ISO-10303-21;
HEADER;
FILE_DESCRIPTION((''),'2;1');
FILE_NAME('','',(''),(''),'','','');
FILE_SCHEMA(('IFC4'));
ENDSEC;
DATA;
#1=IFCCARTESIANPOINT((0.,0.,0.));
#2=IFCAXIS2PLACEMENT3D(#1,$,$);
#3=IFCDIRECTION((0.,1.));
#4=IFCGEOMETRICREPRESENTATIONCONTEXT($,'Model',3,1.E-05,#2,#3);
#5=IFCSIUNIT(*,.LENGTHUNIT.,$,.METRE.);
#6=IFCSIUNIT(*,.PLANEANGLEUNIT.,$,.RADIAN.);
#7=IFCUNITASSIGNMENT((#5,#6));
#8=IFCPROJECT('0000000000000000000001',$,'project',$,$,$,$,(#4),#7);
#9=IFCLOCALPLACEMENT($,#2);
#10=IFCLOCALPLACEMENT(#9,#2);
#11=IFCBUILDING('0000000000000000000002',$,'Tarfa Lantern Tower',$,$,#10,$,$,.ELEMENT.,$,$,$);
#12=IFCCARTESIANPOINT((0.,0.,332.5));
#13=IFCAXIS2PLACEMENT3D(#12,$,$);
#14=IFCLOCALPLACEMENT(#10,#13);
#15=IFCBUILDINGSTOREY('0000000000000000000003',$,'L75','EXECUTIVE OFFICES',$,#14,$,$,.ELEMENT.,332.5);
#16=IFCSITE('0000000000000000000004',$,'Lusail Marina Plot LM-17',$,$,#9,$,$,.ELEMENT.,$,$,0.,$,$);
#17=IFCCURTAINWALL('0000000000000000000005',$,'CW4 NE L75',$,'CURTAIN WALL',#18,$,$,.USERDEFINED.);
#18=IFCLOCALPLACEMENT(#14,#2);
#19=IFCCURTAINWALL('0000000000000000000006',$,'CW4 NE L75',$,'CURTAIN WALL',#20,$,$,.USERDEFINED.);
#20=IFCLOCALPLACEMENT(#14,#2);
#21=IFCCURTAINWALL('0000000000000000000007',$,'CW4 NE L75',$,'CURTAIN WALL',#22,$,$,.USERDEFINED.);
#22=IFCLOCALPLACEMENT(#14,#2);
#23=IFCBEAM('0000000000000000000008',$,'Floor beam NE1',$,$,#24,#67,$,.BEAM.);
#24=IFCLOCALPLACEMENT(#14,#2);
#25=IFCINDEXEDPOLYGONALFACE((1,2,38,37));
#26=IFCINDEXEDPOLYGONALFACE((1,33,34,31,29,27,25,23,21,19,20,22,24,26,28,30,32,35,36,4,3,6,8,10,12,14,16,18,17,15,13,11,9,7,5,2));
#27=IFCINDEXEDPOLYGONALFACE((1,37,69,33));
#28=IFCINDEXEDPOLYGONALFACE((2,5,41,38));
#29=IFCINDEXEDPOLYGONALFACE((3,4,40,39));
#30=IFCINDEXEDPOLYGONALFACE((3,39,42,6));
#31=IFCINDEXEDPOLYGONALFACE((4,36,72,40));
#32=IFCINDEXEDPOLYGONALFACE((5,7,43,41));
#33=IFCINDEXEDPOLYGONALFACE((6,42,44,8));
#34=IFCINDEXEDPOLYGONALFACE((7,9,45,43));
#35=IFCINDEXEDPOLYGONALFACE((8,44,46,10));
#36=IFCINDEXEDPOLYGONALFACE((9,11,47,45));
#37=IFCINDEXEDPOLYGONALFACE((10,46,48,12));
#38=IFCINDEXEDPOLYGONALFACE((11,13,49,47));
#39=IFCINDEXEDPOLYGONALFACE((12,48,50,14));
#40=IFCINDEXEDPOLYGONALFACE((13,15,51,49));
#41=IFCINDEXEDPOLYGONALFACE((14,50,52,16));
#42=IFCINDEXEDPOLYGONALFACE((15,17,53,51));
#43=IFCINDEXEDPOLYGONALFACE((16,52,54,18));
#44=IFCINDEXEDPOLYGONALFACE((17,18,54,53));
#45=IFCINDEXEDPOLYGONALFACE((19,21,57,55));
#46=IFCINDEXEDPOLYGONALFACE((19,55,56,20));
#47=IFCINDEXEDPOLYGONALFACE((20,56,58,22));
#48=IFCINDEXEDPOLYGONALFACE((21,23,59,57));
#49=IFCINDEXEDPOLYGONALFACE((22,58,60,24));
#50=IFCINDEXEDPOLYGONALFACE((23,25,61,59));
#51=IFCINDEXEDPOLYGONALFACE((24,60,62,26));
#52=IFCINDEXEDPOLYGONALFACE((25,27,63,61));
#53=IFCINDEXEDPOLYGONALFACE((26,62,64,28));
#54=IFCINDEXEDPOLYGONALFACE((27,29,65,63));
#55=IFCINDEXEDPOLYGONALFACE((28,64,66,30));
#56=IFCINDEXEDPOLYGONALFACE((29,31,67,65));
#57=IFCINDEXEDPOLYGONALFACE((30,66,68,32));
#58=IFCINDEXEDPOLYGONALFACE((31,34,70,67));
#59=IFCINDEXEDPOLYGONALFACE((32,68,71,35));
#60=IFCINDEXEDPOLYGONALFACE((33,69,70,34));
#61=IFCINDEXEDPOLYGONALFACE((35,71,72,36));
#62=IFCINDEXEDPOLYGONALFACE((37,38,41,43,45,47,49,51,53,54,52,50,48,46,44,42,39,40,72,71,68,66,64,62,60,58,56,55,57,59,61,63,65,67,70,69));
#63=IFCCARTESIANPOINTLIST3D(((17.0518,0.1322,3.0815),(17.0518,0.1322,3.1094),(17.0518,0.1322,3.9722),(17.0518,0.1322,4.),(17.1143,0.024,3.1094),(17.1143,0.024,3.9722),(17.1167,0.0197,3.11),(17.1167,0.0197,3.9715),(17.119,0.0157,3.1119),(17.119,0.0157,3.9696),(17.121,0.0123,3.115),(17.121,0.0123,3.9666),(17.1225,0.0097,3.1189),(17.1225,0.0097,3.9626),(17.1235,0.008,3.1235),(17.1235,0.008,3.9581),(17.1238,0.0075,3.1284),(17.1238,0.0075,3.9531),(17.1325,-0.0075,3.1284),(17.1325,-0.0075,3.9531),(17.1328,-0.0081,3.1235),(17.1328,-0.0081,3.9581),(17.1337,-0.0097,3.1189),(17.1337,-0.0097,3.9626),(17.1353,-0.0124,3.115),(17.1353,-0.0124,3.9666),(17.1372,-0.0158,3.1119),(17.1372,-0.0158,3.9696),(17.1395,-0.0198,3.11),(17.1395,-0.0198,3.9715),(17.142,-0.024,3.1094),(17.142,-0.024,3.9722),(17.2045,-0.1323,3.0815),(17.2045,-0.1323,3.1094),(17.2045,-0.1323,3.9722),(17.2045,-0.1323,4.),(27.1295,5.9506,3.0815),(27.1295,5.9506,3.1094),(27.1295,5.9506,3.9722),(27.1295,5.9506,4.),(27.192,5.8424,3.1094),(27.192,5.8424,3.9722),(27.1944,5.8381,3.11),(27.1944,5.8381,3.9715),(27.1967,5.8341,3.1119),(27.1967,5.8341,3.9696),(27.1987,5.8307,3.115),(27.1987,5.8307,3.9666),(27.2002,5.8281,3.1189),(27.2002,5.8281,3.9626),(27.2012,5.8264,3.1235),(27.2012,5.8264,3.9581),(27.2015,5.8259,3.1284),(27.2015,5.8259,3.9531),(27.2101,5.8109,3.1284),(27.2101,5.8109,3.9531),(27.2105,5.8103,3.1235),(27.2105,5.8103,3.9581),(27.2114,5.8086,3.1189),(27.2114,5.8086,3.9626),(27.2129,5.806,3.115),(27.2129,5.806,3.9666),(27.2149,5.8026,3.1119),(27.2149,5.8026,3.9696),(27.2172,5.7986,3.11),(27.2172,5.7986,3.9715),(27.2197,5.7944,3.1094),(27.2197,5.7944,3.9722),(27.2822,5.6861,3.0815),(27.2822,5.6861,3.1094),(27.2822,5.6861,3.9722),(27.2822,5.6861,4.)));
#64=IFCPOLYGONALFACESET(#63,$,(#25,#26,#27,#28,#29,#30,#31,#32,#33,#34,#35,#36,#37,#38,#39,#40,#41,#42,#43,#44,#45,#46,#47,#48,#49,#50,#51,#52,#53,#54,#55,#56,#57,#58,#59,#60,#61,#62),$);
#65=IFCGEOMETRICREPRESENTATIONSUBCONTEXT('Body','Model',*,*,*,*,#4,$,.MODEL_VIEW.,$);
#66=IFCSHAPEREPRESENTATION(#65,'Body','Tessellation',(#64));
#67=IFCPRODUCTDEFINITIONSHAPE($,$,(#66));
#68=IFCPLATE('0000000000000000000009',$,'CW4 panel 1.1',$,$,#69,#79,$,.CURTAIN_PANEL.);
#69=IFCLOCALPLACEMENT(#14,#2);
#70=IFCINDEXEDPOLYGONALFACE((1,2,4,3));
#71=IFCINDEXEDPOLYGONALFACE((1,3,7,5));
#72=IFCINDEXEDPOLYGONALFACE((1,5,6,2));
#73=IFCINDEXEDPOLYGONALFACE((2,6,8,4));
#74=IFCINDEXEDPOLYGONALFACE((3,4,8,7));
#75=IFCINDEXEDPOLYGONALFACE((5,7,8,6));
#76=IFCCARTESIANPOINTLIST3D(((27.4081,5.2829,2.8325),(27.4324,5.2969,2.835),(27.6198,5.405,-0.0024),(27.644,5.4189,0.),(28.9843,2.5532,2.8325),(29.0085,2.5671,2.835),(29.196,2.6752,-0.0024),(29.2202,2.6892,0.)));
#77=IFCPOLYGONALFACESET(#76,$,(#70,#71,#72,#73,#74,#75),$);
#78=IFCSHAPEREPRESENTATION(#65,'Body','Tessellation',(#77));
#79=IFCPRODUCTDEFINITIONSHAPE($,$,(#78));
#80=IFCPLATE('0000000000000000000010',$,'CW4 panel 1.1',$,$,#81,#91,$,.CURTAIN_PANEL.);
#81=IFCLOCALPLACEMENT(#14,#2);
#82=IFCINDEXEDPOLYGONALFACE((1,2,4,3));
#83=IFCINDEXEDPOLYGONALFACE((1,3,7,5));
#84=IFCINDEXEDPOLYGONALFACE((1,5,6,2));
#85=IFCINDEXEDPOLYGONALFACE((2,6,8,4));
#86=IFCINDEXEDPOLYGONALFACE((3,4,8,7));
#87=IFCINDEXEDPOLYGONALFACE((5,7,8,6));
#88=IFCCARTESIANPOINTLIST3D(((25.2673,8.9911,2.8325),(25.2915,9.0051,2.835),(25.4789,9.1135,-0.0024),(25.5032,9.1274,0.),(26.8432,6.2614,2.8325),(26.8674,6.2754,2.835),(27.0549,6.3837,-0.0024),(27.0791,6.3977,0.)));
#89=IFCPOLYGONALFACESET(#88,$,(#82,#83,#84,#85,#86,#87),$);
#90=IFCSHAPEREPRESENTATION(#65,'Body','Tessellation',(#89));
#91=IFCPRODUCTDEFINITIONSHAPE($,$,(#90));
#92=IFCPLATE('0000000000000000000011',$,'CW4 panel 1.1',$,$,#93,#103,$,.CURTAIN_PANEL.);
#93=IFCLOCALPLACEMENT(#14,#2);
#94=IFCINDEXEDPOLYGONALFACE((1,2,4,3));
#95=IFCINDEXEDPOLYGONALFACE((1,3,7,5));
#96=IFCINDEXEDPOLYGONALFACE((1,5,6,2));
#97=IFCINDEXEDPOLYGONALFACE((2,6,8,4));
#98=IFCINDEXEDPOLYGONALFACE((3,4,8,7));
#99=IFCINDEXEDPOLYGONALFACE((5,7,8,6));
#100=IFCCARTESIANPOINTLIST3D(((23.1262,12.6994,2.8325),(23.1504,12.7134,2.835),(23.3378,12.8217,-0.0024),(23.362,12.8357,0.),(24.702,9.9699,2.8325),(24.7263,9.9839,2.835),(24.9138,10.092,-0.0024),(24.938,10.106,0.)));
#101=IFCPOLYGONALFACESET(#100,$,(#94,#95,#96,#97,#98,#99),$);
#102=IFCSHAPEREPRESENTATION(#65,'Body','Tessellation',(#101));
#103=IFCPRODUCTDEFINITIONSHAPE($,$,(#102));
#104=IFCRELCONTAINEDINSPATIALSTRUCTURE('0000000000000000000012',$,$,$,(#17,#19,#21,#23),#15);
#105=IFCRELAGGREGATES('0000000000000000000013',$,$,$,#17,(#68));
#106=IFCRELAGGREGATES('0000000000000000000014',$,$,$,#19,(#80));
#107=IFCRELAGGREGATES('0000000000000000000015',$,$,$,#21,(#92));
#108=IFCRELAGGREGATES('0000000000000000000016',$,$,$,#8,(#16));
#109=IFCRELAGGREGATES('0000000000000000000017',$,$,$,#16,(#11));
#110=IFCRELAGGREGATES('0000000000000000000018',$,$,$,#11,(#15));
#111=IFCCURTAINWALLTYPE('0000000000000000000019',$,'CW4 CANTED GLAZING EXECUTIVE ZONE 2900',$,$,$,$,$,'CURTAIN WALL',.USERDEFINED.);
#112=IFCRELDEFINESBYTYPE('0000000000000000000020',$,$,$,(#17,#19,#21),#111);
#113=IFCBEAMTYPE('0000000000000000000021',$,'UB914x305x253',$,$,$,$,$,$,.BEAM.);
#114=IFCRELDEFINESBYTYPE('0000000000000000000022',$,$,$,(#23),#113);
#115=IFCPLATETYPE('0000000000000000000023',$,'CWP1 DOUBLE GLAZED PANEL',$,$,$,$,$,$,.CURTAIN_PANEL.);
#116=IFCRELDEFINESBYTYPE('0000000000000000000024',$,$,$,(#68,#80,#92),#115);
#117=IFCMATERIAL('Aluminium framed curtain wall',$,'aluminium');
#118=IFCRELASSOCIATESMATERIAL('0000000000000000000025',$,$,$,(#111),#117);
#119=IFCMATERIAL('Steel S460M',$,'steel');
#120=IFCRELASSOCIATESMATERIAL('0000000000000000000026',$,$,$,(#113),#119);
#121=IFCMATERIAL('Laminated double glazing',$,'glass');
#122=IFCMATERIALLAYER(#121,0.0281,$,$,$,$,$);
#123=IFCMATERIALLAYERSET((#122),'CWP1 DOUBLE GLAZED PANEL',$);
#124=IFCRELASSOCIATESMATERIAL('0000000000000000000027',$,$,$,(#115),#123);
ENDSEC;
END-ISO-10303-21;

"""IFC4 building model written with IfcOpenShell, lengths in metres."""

from ifc_helpers import new_model, si_unit, direction, frame, origin, origin_2d, place, context, subcontext, project, spatial, polyline, i_section, outline, extrude, material, layer, layer_set, material_profile, profile_set, type_object, element, aggregate, save


model = new_model("IFC4")

# Units and contexts
model_context = context("Model", 3, precision=1e-05, world=origin(), true_north=direction((0.0, 1.0)))
body_context = subcontext(model_context, "Body", "Model", "MODEL_VIEW")
ifc_project = project(units=[si_unit("LENGTHUNIT", "METRE"), si_unit("PLANEANGLEUNIT", "RADIAN")], contexts=[model_context])

# Site, building, storey
site_placement = place(None, origin())
site = spatial("IfcSite", under=ifc_project, at=site_placement, Name="Lusail Marina Plot LM-17", CompositionType="ELEMENT", RefElevation=0.0)
building_placement = place(site_placement, origin())
building = spatial("IfcBuilding", under=site, at=building_placement, Name="Tarfa Lantern Tower", CompositionType="ELEMENT")
storey_placement = place(building_placement, frame((0.0, 0.0, 332.5)))
storey = spatial("IfcBuildingStorey", under=building, at=storey_placement, Name="L75", Description="EXECUTIVE OFFICES", CompositionType="ELEMENT", Elevation=332.5)

# Curtain walls
ifc_material_1 = material(Name="Aluminium framed curtain wall", Category="aluminium")
curtain_wall_type = type_object("IfcCurtainWallType", Name="CW4 CANTED GLAZING EXECUTIVE ZONE 2900", ElementType="CURTAIN WALL", PredefinedType="USERDEFINED", material=ifc_material_1)
curtain_wall_1_placement = place(storey_placement, origin())
curtain_wall_1 = element("IfcCurtainWall", 1, at=curtain_wall_1_placement, inside=storey, type_object=curtain_wall_type, Name="CW4 NE L75", ObjectType="CURTAIN WALL", PredefinedType="USERDEFINED")
curtain_wall_2_placement = place(storey_placement, origin())
curtain_wall_2 = element("IfcCurtainWall", 2, at=curtain_wall_2_placement, inside=storey, type_object=curtain_wall_type, Name="CW4 NE L75", ObjectType="CURTAIN WALL", PredefinedType="USERDEFINED")

# Curtain wall
curtain_wall_3_placement = place(storey_placement, origin())
curtain_wall_3 = element("IfcCurtainWall", 3, at=curtain_wall_3_placement, inside=storey, type_object=curtain_wall_type, Name="CW4 NE L75", ObjectType="CURTAIN WALL", PredefinedType="USERDEFINED")

# Beam
ifc_material_2 = material(Name="Steel S460M", Category="steel")
ifc_material_profile_1 = material_profile(ifc_material_2, i_section(OverallWidth=0.3054, OverallDepth=0.9185, WebThickness=0.0173, FlangeThickness=0.0278, FilletRadius=0.019, at=origin_2d()), Name="UB914x305x253")
ifc_profile_set_1 = profile_set([ifc_material_profile_1], Name="Steel S460M")
beam_type_1 = type_object("IfcBeamType", Name="UB914x305x253", PredefinedType="BEAM", material=ifc_profile_set_1)
beam_1_placement = place(storey_placement, frame((27.2058, 5.8184, 3.5408), z_axis=(-0.866024, -0.500002, 0.0), x_axis=(0.500002, -0.866024, 0.0)))
element("IfcBeam", 4, at=beam_1_placement, inside=storey, type_object=beam_type_1, Name="Floor beam NE1", PredefinedType="BEAM", context=body_context, shape_type="SweptSolid", body=[
    extrude(i_section(OverallWidth=0.3054, OverallDepth=0.9185, WebThickness=0.0173, FlangeThickness=0.0278, FilletRadius=0.019, at=origin_2d()), origin(), (0.0, 0.0, 1.0), 11.6367),
])

# Plates
ifc_material_3 = material(Name="Laminated double glazing", Category="glass")
ifc_layer = layer(ifc_material_3, 0.0281)
ifc_layer_set = layer_set([ifc_layer], Name="CWP1 DOUBLE GLAZED PANEL")
plate_type = type_object("IfcPlateType", Name="CWP1 DOUBLE GLAZED PANEL", PredefinedType="CURTAIN_PANEL", material=ifc_layer_set)
plate_1_placement = place(storey_placement, frame((29.2202, 2.6892, 0.0), z_axis=(0.862805, 0.498191, 0.085872), x_axis=(-0.500038, 0.866004, 0.0)))
plate_1 = element("IfcPlate", 5, at=plate_1_placement, type_object=plate_type, Name="CW4 panel 1.1", PredefinedType="CURTAIN_PANEL", context=body_context, shape_type="SweptSolid", body=[
    extrude(outline(polyline([(0.0, 0.0), (3.1521, 0.0), (3.1522, 2.8455), (0.0001, 2.8455), (0.0, 0.0)])), origin(), (0.0, 0.0, -1.0), 0.0281),
])
aggregate(curtain_wall_1, [plate_1])
plate_2_placement = place(storey_placement, frame((27.0791, 6.3977, 0.0), z_axis=(0.862835, 0.498131, 0.085915), x_axis=(-0.499979, 0.866037, 0.0)))
plate_2 = element("IfcPlate", 6, at=plate_2_placement, type_object=plate_type, Name="CW4 panel 1.1", PredefinedType="CURTAIN_PANEL", context=body_context, shape_type="SweptSolid", body=[
    extrude(outline(polyline([(0.0, 0.0), (3.152, 0.0), (3.1519, 2.8455), (-0.0001, 2.8455), (0.0, 0.0)])), origin(), (0.0, 0.0, -1.0), 0.0281),
])
aggregate(curtain_wall_2, [plate_2])
plate_3_placement = place(storey_placement, frame((24.938, 10.106, 0.0), z_axis=(0.862827, 0.498148, 0.085893), x_axis=(-0.499996, 0.866028, -0.000002)))
plate_3 = element("IfcPlate", 7, at=plate_3_placement, type_object=plate_type, Name="CW4 panel 1.1", PredefinedType="CURTAIN_PANEL", context=body_context, shape_type="SweptSolid", body=[
    extrude(outline(polyline([(0.0, 0.0), (3.152, 0.0), (3.1519, 2.8455), (0.0001, 2.8455), (0.0, 0.0)])), origin(), (0.0, 0.0, -1.0), 0.0281),
])
aggregate(curtain_wall_3, [plate_3])

save(model, "model.ifc")
